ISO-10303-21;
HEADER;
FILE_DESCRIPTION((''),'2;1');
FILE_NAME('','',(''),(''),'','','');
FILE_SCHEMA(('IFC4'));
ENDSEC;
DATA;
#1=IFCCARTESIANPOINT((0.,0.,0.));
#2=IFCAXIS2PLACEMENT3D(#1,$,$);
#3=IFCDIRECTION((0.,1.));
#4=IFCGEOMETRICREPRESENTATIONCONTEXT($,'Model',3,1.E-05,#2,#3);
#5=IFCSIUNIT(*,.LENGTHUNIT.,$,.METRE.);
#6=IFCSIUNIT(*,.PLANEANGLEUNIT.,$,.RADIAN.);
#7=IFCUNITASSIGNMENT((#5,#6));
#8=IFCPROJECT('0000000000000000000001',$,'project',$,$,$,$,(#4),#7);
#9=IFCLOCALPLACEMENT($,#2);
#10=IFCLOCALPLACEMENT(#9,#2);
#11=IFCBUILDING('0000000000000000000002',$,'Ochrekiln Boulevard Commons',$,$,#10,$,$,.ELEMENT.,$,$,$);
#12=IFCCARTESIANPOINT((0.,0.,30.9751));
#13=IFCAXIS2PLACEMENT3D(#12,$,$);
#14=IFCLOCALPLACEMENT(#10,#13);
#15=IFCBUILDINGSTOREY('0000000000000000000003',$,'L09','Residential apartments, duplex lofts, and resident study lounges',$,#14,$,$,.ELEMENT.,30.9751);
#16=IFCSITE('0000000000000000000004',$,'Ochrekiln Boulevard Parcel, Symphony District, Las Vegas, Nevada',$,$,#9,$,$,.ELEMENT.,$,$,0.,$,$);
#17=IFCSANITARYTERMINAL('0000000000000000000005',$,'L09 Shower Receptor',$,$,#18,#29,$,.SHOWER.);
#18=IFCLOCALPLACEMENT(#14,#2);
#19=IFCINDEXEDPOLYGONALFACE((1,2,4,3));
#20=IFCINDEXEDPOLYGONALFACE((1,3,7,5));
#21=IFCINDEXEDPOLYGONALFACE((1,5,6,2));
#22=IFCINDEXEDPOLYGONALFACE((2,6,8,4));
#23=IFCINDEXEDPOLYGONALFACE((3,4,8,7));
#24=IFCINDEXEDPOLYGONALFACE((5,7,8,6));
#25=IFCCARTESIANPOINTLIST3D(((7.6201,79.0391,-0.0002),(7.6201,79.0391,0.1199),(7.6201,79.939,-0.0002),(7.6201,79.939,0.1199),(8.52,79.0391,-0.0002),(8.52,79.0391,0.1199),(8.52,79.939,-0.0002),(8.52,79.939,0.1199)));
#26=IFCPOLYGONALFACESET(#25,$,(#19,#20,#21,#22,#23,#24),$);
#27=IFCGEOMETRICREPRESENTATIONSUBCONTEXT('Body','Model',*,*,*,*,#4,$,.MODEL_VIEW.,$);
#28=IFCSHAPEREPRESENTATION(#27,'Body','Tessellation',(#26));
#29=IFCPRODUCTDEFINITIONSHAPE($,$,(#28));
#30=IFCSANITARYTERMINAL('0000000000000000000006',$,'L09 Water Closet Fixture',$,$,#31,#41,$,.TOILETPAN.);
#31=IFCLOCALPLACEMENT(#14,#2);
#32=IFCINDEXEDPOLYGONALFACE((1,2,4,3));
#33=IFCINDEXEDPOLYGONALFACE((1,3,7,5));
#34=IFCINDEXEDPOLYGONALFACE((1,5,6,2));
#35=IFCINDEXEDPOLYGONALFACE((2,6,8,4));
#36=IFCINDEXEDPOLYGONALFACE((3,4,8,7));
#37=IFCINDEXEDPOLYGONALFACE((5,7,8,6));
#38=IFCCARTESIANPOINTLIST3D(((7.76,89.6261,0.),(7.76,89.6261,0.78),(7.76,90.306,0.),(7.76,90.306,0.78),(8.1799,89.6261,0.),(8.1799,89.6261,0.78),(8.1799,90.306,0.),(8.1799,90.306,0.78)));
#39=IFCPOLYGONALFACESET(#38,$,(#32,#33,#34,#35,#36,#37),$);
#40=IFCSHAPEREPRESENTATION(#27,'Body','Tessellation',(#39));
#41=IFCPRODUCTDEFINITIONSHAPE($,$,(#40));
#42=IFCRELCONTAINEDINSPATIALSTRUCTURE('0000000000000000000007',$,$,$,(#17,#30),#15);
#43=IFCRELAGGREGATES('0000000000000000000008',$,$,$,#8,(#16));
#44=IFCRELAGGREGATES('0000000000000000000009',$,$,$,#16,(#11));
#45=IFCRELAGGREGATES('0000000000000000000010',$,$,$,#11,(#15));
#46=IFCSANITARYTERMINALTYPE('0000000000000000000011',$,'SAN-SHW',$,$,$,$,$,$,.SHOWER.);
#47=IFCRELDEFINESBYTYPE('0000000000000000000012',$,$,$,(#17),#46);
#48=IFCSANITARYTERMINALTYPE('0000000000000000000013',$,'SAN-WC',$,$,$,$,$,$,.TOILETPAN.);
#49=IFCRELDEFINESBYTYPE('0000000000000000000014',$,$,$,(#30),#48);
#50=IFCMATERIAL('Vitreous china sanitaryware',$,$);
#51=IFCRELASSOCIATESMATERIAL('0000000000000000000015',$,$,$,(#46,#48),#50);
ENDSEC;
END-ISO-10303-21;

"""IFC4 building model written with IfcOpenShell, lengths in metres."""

from ifc_helpers import new_model, si_unit, direction, frame, origin, origin_2d, place, context, subcontext, project, spatial, rectangle, extrude, material, type_object, element, save


model = new_model("IFC4")

# Units and contexts
model_context = context("Model", 3, precision=1e-05, world=origin(), true_north=direction((0.0, 1.0)))
body_context = subcontext(model_context, "Body", "Model", "MODEL_VIEW")
ifc_project = project(units=[si_unit("LENGTHUNIT", "METRE"), si_unit("PLANEANGLEUNIT", "RADIAN")], contexts=[model_context])

# Site, building, storey
site_placement = place(None, origin())
site = spatial("IfcSite", under=ifc_project, at=site_placement, Name="Ochrekiln Boulevard Parcel, Symphony District, Las Vegas, Nevada", CompositionType="ELEMENT", RefElevation=0.0)
building_placement = place(site_placement, origin())
building = spatial("IfcBuilding", under=site, at=building_placement, Name="Ochrekiln Boulevard Commons", CompositionType="ELEMENT")
storey_placement = place(building_placement, frame((0.0, 0.0, 30.9751)))
storey = spatial("IfcBuildingStorey", under=building, at=storey_placement, Name="L09", Description="Residential apartments, duplex lofts, and resident study lounges", CompositionType="ELEMENT", Elevation=30.9751)

# Sanitary terminals
ifc_material_1 = material(Name="Vitreous china sanitaryware")
sanitary_terminal_type_1 = type_object("IfcSanitaryTerminalType", Name="SAN-SHW", PredefinedType="SHOWER", material=ifc_material_1)
sanitary_terminal_1_placement = place(storey_placement, frame((8.0701, 79.489, -0.0002), z_axis=(0.0, 0.0, 1.0), x_axis=(1.0, 0.0, 0.0)))
element("IfcSanitaryTerminal", 1, at=sanitary_terminal_1_placement, inside=storey, type_object=sanitary_terminal_type_1, Name="L09 Shower Receptor", PredefinedType="SHOWER", context=body_context, shape_type="SweptSolid", body=[
    extrude(rectangle(XDim=0.8999, YDim=0.8999, at=origin_2d()), origin(), (0.0, 0.0, 1.0), 0.1201),
])
sanitary_terminal_type_2 = type_object("IfcSanitaryTerminalType", Name="SAN-WC", PredefinedType="TOILETPAN", material=ifc_material_1)
sanitary_terminal_2_placement = place(storey_placement, frame((7.97, 89.9661, 0.0), z_axis=(0.0, 0.0, 1.0), x_axis=(1.0, 0.0, 0.0)))
element("IfcSanitaryTerminal", 2, at=sanitary_terminal_2_placement, inside=storey, type_object=sanitary_terminal_type_2, Name="L09 Water Closet Fixture", PredefinedType="TOILETPAN", context=body_context, shape_type="SweptSolid", body=[
    extrude(rectangle(XDim=0.4199, YDim=0.6799, at=origin_2d()), origin(), (0.0, 0.0, 1.0), 0.78),
])

save(model, "model.ifc")
